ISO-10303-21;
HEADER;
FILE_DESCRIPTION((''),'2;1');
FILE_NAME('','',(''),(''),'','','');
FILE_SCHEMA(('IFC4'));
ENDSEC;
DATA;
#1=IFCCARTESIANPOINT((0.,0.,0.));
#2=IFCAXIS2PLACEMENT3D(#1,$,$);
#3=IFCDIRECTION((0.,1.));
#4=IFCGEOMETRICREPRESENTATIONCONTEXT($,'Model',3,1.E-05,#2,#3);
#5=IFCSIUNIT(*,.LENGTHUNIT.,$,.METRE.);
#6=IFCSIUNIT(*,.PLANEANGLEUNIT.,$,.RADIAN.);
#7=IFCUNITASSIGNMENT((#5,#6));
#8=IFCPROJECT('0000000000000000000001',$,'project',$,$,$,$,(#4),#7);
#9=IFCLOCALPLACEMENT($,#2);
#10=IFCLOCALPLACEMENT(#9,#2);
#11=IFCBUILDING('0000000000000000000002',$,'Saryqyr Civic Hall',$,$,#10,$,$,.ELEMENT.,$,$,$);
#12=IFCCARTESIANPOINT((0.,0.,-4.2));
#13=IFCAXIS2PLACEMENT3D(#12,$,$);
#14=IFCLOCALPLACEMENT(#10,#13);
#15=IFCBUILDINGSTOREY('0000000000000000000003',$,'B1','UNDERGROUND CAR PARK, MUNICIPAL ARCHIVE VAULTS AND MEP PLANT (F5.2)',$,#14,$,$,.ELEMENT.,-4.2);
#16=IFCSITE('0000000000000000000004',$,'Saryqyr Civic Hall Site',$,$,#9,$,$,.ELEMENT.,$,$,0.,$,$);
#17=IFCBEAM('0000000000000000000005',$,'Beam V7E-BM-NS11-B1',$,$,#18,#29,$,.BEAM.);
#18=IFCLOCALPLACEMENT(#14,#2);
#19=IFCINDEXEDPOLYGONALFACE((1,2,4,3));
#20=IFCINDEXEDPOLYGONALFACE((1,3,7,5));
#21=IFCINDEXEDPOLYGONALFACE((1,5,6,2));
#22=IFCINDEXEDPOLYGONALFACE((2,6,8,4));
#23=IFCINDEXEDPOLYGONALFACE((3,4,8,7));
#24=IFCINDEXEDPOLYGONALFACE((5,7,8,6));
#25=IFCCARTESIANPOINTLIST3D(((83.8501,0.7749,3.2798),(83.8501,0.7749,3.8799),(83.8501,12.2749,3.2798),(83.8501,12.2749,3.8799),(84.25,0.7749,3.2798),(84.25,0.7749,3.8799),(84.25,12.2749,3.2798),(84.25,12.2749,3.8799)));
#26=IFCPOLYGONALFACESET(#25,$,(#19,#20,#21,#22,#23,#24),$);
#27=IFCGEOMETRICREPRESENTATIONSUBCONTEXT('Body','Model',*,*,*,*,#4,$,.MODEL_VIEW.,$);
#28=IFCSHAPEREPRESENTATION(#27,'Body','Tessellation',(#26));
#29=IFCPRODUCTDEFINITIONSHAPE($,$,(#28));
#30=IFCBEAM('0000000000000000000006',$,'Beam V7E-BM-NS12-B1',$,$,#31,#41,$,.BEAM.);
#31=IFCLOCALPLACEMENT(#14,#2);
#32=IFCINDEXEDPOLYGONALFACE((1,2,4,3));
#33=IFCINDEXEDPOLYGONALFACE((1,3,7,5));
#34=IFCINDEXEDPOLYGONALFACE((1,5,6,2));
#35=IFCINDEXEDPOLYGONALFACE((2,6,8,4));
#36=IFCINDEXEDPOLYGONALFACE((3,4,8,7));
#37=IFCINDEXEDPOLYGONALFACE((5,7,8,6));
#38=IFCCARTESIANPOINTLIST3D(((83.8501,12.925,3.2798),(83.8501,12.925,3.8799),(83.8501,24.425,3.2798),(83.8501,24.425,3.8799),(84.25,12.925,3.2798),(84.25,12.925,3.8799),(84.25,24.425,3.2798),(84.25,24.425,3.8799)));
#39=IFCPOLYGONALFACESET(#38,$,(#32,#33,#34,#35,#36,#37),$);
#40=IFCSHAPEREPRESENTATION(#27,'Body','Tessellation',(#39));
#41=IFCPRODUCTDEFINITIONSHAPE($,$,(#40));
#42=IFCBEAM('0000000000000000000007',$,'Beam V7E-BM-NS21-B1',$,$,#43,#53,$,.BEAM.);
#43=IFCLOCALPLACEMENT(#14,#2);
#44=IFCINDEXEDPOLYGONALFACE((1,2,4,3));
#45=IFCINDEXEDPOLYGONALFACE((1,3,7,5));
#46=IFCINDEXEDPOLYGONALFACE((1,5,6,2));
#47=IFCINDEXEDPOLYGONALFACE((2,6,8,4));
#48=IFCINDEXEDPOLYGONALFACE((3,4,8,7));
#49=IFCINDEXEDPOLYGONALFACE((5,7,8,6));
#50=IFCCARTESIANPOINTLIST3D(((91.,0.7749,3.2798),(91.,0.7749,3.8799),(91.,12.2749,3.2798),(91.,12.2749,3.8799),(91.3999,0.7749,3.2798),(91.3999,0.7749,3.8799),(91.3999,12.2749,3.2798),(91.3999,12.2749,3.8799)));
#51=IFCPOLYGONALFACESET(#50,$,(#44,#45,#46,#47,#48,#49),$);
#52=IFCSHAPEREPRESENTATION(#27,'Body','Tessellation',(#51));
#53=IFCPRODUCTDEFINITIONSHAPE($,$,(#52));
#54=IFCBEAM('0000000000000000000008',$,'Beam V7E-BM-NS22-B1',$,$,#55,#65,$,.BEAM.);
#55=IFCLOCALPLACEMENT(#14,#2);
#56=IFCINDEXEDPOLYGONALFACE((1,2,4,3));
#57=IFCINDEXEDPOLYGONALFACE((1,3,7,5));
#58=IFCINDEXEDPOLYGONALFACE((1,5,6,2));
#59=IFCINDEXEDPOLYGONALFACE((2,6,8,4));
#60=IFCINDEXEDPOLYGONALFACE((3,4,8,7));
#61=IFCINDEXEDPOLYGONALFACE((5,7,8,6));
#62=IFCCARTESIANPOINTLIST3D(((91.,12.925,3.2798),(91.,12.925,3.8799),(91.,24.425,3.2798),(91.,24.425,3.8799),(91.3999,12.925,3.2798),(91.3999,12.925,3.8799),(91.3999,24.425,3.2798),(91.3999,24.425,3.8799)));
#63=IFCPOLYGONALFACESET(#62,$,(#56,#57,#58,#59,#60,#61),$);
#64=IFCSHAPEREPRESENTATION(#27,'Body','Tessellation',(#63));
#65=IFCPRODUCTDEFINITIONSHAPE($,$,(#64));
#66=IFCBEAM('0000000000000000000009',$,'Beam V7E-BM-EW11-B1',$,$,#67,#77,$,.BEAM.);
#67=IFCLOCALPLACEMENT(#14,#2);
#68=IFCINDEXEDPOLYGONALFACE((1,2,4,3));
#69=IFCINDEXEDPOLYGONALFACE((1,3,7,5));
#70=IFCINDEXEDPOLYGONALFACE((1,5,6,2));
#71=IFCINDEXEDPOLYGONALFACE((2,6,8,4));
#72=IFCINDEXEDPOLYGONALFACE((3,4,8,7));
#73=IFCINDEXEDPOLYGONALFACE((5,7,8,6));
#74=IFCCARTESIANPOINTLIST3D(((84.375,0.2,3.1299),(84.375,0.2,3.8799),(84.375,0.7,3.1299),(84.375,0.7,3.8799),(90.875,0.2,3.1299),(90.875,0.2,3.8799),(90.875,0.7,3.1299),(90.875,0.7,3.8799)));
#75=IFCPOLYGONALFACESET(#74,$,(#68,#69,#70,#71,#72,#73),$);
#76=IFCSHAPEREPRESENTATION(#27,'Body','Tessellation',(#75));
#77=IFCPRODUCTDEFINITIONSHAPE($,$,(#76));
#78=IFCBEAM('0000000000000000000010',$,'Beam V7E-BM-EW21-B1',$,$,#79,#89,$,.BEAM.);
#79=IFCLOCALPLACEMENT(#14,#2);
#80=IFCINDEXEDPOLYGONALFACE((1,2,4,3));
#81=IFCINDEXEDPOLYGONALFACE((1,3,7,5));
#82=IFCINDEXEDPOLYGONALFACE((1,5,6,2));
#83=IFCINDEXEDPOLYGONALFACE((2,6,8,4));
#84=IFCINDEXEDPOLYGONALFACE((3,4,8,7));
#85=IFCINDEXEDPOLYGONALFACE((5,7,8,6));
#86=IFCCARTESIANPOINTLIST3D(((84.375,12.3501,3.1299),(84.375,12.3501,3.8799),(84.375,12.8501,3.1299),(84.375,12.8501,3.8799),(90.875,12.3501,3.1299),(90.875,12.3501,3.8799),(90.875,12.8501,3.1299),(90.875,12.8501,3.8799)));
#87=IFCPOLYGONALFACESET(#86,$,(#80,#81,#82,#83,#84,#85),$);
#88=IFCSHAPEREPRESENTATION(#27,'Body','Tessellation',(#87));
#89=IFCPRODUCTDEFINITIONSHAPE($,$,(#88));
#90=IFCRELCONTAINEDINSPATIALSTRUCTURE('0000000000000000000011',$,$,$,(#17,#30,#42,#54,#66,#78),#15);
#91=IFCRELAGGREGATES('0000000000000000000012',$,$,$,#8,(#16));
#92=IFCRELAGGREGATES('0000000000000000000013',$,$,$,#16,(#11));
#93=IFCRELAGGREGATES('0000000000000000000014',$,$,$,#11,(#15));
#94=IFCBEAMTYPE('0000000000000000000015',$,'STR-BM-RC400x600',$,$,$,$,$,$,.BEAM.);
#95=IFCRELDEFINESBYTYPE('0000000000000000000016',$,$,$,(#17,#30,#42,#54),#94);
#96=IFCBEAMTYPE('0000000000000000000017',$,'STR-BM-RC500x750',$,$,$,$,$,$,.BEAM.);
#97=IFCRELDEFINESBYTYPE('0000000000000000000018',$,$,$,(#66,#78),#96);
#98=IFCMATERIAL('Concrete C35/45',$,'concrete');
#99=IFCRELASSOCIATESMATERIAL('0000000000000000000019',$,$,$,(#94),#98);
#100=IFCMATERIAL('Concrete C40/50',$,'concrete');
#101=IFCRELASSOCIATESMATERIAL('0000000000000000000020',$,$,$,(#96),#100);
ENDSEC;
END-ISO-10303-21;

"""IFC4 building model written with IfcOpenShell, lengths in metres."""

from ifc_helpers import new_model, si_unit, direction, frame, origin, origin_2d, place, context, subcontext, project, spatial, rectangle, extrude, material, material_profile, profile_set, type_object, element, save


model = new_model("IFC4")

# Units and contexts
model_context = context("Model", 3, precision=1e-05, world=origin(), true_north=direction((0.0, 1.0)))
body_context = subcontext(model_context, "Body", "Model", "MODEL_VIEW")
ifc_project = project(units=[si_unit("LENGTHUNIT", "METRE"), si_unit("PLANEANGLEUNIT", "RADIAN")], contexts=[model_context])

# Site, building, storey
site_placement = place(None, origin())
site = spatial("IfcSite", under=ifc_project, at=site_placement, Name="Saryqyr Civic Hall Site", CompositionType="ELEMENT", RefElevation=0.0)
building_placement = place(site_placement, origin())
building = spatial("IfcBuilding", under=site, at=building_placement, Name="Saryqyr Civic Hall", CompositionType="ELEMENT")
storey_placement = place(building_placement, frame((0.0, 0.0, -4.2)))
storey = spatial("IfcBuildingStorey", under=building, at=storey_placement, Name="B1", Description="UNDERGROUND CAR PARK, MUNICIPAL ARCHIVE VAULTS AND MEP PLANT (F5.2)", CompositionType="ELEMENT", Elevation=-4.2)

# Shared definitions
ifc_material_1 = material(Name="Concrete C35/45", Category="concrete")

# Shared definitions
ifc_material_2 = material(Name="Concrete C40/50", Category="concrete")

# Beams
ifc_material_profile_1 = material_profile(ifc_material_1, rectangle(XDim=0.3999, YDim=0.6001, at=origin_2d()), Name="RC 400x600")
ifc_profile_set_1 = profile_set([ifc_material_profile_1], Name="Concrete C35/45")
beam_type_1 = type_object("IfcBeamType", Name="STR-BM-RC400x600", PredefinedType="BEAM", material=ifc_profile_set_1)
for number, where, z_axis, x_axis, name in (
    (1, (84.05, 0.7749, 3.5798), (0.0, 1.0, 0.0), (-1.0, 0.0, 0.0), "Beam V7E-BM-NS11-B1"),
    (2, (84.05, 12.925, 3.5798), (0.0, 1.0, 0.0), (-1.0, 0.0, 0.0), "Beam V7E-BM-NS12-B1"),
    (3, (91.2, 0.7749, 3.5798), (0.0, 1.0, 0.0), (-1.0, 0.0, 0.0), "Beam V7E-BM-NS21-B1"),
    (4, (91.2, 12.925, 3.5798), (0.0, 1.0, 0.0), (-1.0, 0.0, 0.0), "Beam V7E-BM-NS22-B1"),
):
    element("IfcBeam", number, at=place(storey_placement, frame(where, z_axis=z_axis, x_axis=x_axis)), inside=storey, type_object=beam_type_1, Name=name, PredefinedType="BEAM", context=body_context, shape_type="SweptSolid", body=[
        extrude(rectangle(XDim=0.3999, YDim=0.6001, at=origin_2d()), origin(), (0.0, 0.0, 1.0), 11.5),
    ])
ifc_material_profile_2 = material_profile(ifc_material_2, rectangle(XDim=0.5, YDim=0.75, at=origin_2d()), Name="RC 500x750")
ifc_profile_set_2 = profile_set([ifc_material_profile_2], Name="Concrete C40/50")
beam_type_2 = type_object("IfcBeamType", Name="STR-BM-RC500x750", PredefinedType="BEAM", material=ifc_profile_set_2)
for number, where, z_axis, x_axis, name in (
    (5, (84.375, 0.45, 3.5049), (1.0, 0.0, 0.0), (0.0, 1.0, 0.0), "Beam V7E-BM-EW11-B1"),
    (6, (84.375, 12.6001, 3.5049), (1.0, 0.0, 0.0), (0.0, 1.0, 0.0), "Beam V7E-BM-EW21-B1"),
):
    element("IfcBeam", number, at=place(storey_placement, frame(where, z_axis=z_axis, x_axis=x_axis)), inside=storey, type_object=beam_type_2, Name=name, PredefinedType="BEAM", context=body_context, shape_type="SweptSolid", body=[
        extrude(rectangle(XDim=0.5, YDim=0.75, at=origin_2d()), origin(), (0.0, 0.0, 1.0), 6.5),
    ])

save(model, "model.ifc")
